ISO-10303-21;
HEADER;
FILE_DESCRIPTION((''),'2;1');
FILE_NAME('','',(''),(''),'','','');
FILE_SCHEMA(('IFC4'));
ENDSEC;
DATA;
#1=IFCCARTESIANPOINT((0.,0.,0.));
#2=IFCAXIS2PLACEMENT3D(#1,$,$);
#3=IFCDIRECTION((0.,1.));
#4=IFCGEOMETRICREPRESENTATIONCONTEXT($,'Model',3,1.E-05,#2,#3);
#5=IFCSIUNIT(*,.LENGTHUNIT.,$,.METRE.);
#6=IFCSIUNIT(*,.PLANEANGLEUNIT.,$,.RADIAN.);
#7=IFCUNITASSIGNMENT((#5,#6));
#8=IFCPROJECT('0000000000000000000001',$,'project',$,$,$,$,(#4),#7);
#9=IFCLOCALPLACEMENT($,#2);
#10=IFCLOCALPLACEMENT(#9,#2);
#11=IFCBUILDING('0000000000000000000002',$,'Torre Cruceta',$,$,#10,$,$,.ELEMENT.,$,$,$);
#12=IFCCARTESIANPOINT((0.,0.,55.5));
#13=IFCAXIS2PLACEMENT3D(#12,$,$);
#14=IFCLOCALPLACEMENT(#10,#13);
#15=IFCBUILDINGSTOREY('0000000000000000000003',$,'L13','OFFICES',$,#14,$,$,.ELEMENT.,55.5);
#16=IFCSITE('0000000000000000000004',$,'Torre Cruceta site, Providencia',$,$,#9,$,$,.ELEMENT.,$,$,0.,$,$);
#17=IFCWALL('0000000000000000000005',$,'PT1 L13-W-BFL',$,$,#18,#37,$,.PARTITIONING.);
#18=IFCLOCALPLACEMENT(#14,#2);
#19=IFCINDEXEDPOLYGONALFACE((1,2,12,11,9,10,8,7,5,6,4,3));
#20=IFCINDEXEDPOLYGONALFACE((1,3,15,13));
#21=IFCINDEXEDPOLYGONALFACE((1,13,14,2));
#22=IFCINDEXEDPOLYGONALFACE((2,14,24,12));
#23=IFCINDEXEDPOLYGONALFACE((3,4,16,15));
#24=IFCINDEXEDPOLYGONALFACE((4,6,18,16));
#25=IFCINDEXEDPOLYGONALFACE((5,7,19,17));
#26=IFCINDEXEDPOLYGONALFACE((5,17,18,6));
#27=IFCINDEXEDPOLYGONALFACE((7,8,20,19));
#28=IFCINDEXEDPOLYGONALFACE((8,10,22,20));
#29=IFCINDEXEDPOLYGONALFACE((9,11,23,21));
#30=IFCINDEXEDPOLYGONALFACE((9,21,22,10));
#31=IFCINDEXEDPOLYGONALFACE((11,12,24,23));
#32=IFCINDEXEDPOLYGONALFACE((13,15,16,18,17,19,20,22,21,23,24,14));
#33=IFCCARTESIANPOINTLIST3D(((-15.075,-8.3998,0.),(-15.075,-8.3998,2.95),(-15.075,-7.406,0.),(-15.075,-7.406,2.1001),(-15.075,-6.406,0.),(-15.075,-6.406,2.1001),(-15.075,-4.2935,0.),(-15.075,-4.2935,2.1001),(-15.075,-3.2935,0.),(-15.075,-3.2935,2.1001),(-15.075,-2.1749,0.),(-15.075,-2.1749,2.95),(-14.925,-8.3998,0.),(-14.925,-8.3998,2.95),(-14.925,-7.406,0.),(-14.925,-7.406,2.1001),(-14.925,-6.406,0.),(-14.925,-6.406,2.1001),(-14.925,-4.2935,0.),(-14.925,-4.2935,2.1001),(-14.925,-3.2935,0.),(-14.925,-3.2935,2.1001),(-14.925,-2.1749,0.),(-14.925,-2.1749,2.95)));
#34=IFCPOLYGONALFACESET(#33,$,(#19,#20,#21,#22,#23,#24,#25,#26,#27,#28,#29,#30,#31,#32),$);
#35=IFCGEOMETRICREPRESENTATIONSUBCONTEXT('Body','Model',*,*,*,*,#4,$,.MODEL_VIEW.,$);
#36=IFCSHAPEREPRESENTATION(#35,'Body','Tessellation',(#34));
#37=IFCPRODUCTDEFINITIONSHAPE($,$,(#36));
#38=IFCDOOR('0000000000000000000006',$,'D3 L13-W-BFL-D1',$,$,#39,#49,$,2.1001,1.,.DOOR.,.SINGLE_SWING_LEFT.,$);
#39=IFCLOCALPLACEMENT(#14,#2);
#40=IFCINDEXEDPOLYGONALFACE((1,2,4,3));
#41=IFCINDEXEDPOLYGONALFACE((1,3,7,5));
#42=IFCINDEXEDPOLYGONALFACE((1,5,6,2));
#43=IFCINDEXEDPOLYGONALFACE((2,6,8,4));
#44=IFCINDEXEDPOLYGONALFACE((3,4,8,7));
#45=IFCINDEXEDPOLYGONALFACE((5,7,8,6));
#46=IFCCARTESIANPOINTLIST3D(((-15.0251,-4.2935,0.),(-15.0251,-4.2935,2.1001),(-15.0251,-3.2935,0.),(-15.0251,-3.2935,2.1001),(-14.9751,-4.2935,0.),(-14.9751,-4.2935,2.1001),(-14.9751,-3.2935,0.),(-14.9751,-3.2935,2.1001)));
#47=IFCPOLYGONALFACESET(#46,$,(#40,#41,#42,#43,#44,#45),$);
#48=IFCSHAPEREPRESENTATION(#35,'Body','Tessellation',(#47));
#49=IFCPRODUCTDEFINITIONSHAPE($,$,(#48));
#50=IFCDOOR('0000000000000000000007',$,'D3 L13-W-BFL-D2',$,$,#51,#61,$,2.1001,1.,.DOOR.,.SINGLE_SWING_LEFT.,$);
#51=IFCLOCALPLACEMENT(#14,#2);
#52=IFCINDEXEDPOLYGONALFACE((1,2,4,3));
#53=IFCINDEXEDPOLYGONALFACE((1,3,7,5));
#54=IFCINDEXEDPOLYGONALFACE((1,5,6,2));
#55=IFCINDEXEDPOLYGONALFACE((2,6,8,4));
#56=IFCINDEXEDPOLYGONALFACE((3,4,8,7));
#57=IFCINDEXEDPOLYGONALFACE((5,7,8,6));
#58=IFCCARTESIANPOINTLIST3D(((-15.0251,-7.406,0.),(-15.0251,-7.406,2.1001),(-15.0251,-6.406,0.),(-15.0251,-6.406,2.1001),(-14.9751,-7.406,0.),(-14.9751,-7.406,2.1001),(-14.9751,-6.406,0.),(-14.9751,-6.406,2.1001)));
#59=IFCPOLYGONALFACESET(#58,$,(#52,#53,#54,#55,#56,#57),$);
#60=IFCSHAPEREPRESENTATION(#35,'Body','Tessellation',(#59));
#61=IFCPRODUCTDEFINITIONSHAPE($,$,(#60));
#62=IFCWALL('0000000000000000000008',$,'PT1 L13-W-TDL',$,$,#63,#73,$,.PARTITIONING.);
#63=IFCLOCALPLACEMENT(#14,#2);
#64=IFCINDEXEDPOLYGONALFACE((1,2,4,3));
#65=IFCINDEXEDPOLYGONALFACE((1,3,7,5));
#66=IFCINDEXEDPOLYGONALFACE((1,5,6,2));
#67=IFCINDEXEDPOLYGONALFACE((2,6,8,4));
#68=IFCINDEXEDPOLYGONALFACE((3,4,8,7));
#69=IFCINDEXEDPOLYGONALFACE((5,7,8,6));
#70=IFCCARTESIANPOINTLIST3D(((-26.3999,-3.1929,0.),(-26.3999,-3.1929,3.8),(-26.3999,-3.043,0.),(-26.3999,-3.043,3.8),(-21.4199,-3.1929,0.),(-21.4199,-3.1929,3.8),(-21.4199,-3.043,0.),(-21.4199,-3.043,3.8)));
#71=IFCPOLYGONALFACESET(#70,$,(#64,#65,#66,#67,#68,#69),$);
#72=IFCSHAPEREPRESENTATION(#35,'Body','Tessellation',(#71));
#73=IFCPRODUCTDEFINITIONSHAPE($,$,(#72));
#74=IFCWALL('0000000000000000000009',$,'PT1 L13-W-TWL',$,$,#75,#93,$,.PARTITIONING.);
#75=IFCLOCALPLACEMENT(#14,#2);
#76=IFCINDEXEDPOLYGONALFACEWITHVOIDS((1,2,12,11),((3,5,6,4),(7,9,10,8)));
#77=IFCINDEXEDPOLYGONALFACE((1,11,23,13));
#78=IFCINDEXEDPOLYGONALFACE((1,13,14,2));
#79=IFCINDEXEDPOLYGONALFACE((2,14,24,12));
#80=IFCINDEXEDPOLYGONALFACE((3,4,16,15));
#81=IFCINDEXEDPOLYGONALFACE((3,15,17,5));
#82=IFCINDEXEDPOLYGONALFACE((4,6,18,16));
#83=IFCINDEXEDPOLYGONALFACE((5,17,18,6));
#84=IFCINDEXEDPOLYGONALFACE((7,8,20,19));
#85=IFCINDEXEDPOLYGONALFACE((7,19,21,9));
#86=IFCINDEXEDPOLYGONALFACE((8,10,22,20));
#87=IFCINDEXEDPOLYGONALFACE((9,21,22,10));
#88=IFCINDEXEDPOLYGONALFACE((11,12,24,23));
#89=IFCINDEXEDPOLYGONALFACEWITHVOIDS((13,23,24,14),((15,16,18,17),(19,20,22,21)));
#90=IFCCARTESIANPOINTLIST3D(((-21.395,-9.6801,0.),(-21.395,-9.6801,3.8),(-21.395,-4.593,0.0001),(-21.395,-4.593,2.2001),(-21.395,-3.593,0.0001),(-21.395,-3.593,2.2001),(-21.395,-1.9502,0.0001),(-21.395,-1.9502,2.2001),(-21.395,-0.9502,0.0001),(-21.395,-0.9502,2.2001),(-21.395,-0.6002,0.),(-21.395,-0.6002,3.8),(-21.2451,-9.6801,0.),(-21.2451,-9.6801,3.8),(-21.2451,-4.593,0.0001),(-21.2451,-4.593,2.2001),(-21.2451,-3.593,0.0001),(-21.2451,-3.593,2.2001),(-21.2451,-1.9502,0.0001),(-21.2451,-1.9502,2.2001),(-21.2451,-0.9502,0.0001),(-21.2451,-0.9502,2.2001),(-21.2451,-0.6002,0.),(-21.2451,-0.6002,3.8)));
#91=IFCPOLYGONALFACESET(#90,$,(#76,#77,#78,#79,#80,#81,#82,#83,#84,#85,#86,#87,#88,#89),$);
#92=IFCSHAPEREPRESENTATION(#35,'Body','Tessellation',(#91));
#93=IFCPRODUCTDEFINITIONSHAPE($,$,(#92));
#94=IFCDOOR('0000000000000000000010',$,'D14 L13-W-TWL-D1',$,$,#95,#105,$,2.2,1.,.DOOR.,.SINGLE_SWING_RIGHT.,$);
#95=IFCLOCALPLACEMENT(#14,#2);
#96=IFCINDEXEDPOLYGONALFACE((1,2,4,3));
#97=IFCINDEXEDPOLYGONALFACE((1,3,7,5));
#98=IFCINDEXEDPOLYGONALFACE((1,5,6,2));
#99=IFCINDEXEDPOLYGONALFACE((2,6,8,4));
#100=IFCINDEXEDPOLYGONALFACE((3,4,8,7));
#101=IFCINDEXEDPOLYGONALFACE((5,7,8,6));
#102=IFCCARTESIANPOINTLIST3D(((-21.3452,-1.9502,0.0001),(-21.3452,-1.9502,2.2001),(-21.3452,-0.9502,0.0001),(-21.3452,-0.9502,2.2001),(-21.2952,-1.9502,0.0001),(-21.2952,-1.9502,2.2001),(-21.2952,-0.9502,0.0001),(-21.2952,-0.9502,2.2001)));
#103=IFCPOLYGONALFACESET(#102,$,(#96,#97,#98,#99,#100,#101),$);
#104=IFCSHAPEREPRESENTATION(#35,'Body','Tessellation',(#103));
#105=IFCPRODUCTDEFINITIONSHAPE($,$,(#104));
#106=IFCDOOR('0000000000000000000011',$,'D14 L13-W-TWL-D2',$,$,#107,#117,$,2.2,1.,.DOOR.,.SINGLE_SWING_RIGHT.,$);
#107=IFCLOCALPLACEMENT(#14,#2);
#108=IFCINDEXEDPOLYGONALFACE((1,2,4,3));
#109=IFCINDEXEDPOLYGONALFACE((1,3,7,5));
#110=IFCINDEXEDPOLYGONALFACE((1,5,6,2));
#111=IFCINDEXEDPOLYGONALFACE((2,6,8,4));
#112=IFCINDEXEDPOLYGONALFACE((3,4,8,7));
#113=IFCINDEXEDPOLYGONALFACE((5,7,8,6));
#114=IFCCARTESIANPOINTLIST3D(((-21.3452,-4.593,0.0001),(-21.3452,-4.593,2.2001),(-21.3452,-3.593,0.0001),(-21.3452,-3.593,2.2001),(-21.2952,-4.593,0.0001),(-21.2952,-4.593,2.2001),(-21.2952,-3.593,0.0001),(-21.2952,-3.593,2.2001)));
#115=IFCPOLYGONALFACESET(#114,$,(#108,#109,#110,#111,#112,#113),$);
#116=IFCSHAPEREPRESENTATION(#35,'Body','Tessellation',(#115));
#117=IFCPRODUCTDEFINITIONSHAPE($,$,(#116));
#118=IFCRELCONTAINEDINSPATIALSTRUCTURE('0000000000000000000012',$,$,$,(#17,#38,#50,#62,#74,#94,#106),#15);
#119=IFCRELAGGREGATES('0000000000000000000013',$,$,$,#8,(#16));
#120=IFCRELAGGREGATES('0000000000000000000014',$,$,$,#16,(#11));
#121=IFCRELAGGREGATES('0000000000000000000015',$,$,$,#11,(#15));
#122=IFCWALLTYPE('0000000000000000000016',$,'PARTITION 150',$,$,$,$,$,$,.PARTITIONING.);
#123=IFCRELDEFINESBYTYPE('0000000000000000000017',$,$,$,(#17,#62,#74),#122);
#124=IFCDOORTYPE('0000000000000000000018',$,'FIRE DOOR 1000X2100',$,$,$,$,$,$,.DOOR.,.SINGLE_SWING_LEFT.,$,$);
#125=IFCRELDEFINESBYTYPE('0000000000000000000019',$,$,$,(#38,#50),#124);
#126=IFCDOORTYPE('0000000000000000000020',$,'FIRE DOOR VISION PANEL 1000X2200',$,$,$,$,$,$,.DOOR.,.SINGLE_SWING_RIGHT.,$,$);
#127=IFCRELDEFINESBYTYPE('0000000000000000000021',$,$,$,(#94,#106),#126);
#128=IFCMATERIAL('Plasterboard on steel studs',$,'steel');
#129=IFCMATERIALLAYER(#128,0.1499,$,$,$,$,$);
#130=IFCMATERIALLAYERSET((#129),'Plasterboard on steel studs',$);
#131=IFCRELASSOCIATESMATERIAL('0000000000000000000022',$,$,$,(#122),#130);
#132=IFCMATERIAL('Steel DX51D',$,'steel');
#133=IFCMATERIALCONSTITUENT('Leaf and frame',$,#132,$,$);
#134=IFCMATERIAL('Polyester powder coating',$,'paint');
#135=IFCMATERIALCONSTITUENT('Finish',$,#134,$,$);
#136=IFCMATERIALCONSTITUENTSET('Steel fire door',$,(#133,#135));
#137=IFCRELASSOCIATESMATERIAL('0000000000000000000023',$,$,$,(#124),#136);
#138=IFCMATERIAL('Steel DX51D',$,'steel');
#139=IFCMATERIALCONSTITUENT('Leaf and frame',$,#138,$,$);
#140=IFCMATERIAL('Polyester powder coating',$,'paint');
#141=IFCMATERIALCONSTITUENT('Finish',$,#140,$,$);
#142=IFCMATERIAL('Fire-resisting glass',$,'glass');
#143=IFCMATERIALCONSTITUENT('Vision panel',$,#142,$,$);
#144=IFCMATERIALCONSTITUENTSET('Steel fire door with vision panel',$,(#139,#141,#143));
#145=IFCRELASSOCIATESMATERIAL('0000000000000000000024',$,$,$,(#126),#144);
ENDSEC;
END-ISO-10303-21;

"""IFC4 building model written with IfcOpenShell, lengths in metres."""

from ifc_helpers import new_model, si_unit, direction, frame, frame_2d, origin, place, context, subcontext, project, spatial, rectangle, extrude, material, layer, layer_set, constituent, constituent_set, type_object, element, fill, save


model = new_model("IFC4")

# Units and contexts
model_context = context("Model", 3, precision=1e-05, world=origin(), true_north=direction((0.0, 1.0)))
body_context = subcontext(model_context, "Body", "Model", "MODEL_VIEW")
ifc_project = project(units=[si_unit("LENGTHUNIT", "METRE"), si_unit("PLANEANGLEUNIT", "RADIAN")], contexts=[model_context])

# Site, building, storey
site_placement = place(None, origin())
site = spatial("IfcSite", under=ifc_project, at=site_placement, Name="Torre Cruceta site, Providencia", CompositionType="ELEMENT", RefElevation=0.0)
building_placement = place(site_placement, origin())
building = spatial("IfcBuilding", under=site, at=building_placement, Name="Torre Cruceta", CompositionType="ELEMENT")
storey_placement = place(building_placement, frame((0.0, 0.0, 55.5)))
storey = spatial("IfcBuildingStorey", under=building, at=storey_placement, Name="L13", Description="OFFICES", CompositionType="ELEMENT", Elevation=55.5)

# Wall, openings, doors
ifc_material_1 = material(Name="Plasterboard on steel studs", Category="steel")
ifc_layer_1 = layer(ifc_material_1, 0.1499)
ifc_layer_set_1 = layer_set([ifc_layer_1], Name="Plasterboard on steel studs")
wall_type_1 = type_object("IfcWallType", Name="PARTITION 150", PredefinedType="PARTITIONING", material=ifc_layer_set_1)
wall_1_placement = place(storey_placement, frame((-15.0, -2.175, 0.0), z_axis=(0.0, 0.0, 1.0), x_axis=(0.0, -1.0, 0.0)))
wall_1 = element("IfcWall", 1, at=wall_1_placement, inside=storey, type_object=wall_type_1, Name="PT1 L13-W-BFL", PredefinedType="PARTITIONING", context=body_context, shape_type="SweptSolid", body=[
    extrude(rectangle(XDim=6.2249, YDim=0.1499, at=frame_2d((3.1123, 0.0))), origin(), (0.0, 0.0, 1.0), 2.95),
])
opening_1_placement = place(wall_1_placement, frame((1.1184, 0.0, 0.0)))
opening_1 = element("IfcOpeningElement", 2, at=opening_1_placement, cuts=wall_1, PredefinedType="OPENING", context=body_context, shape_type="SweptSolid", body=[
    extrude(rectangle(XDim=1.0, YDim=2.1001, at=frame_2d((0.5, 1.05))), frame((0.0, 0.085, 0.0), z_axis=(0.0, -1.0, 0.0), x_axis=(1.0, 0.0, 0.0)), (0.0, 0.0, 1.0), 0.1699),
])
opening_2_placement = place(wall_1_placement, frame((4.231, 0.0, 0.0)))
opening_2 = element("IfcOpeningElement", 3, at=opening_2_placement, cuts=wall_1, PredefinedType="OPENING", context=body_context, shape_type="SweptSolid", body=[
    extrude(rectangle(XDim=1.0, YDim=2.1001, at=frame_2d((0.5, 1.05))), frame((0.0, 0.085, 0.0), z_axis=(0.0, -1.0, 0.0), x_axis=(1.0, 0.0, 0.0)), (0.0, 0.0, 1.0), 0.1699),
])
ifc_material_2 = material(Name="Steel DX51D", Category="steel")
ifc_constituent_1 = constituent(ifc_material_2, Name="Leaf and frame")
ifc_material_3 = material(Name="Polyester powder coating", Category="paint")
ifc_constituent_2 = constituent(ifc_material_3, Name="Finish")
ifc_constituent_set_1 = constituent_set(constituents=[ifc_constituent_1, ifc_constituent_2], Name="Steel fire door")
door_type_1 = type_object("IfcDoorType", Name="FIRE DOOR 1000X2100", OperationType="SINGLE_SWING_LEFT", PredefinedType="DOOR", material=ifc_constituent_set_1)
door_1_placement = place(opening_1_placement, origin())
door_1 = element("IfcDoor", 4, at=door_1_placement, inside=storey, type_object=door_type_1, Name="D3 L13-W-BFL-D1", OperationType="SINGLE_SWING_LEFT", OverallHeight=2.1001, OverallWidth=1.0, PredefinedType="DOOR", context=body_context, shape_type="SweptSolid", body=[
    extrude(rectangle(XDim=1.0, YDim=2.1001, at=frame_2d((0.5, 1.05))), frame((0.0, 0.0249, 0.0), z_axis=(0.0, -1.0, 0.0), x_axis=(1.0, 0.0, 0.0)), (0.0, 0.0, 1.0), 0.05),
])
fill(opening_1, door_1)
door_2_placement = place(opening_2_placement, origin())
door_2 = element("IfcDoor", 5, at=door_2_placement, inside=storey, type_object=door_type_1, Name="D3 L13-W-BFL-D2", OperationType="SINGLE_SWING_LEFT", OverallHeight=2.1001, OverallWidth=1.0, PredefinedType="DOOR", context=body_context, shape_type="SweptSolid", body=[
    extrude(rectangle(XDim=1.0, YDim=2.1001, at=frame_2d((0.5, 1.05))), frame((0.0, 0.0249, 0.0), z_axis=(0.0, -1.0, 0.0), x_axis=(1.0, 0.0, 0.0)), (0.0, 0.0, 1.0), 0.05),
])
fill(opening_2, door_2)

# Wall
wall_2_placement = place(storey_placement, frame((-21.4199, -3.1179, 0.0), z_axis=(0.0, 0.0, 1.0), x_axis=(-1.0, 0.0, 0.0)))
element("IfcWall", 6, at=wall_2_placement, inside=storey, type_object=wall_type_1, Name="PT1 L13-W-TDL", PredefinedType="PARTITIONING", context=body_context, shape_type="SweptSolid", body=[
    extrude(rectangle(XDim=4.98, YDim=0.1499, at=frame_2d((2.49, 0.0))), origin(), (0.0, 0.0, 1.0), 3.8),
])

# Wall, openings, doors
wall_3_placement = place(storey_placement, frame((-21.3201, -0.6001, 0.0), z_axis=(0.0, 0.0, 1.0), x_axis=(0.0, -1.0, 0.0)))
wall_3 = element("IfcWall", 7, at=wall_3_placement, inside=storey, type_object=wall_type_1, Name="PT1 L13-W-TWL", PredefinedType="PARTITIONING", context=body_context, shape_type="SweptSolid", body=[
    extrude(rectangle(XDim=9.0798, YDim=0.1499, at=frame_2d((4.54, 0.0))), origin(), (0.0, 0.0, 1.0), 3.8),
])
opening_3_placement = place(wall_3_placement, frame((0.3501, 0.0, 0.0)))
opening_3 = element("IfcOpeningElement", 8, at=opening_3_placement, cuts=wall_3, PredefinedType="OPENING", context=body_context, shape_type="SweptSolid", body=[
    extrude(rectangle(XDim=1.0, YDim=2.2, at=frame_2d((0.5, 1.1001))), frame((0.0, 0.085, 0.0), z_axis=(0.0, -1.0, 0.0), x_axis=(1.0, 0.0, 0.0)), (0.0, 0.0, 1.0), 0.1699),
])
opening_4_placement = place(wall_3_placement, frame((2.9929, 0.0, 0.0)))
opening_4 = element("IfcOpeningElement", 9, at=opening_4_placement, cuts=wall_3, PredefinedType="OPENING", context=body_context, shape_type="SweptSolid", body=[
    extrude(rectangle(XDim=1.0, YDim=2.2, at=frame_2d((0.5, 1.1001))), frame((0.0, 0.085, 0.0), z_axis=(0.0, -1.0, 0.0), x_axis=(1.0, 0.0, 0.0)), (0.0, 0.0, 1.0), 0.1699),
])
ifc_material_4 = material(Name="Steel DX51D", Category="steel")
ifc_constituent_3 = constituent(ifc_material_4, Name="Leaf and frame")
ifc_material_5 = material(Name="Polyester powder coating", Category="paint")
ifc_constituent_4 = constituent(ifc_material_5, Name="Finish")
ifc_material_6 = material(Name="Fire-resisting glass", Category="glass")
ifc_constituent_5 = constituent(ifc_material_6, Name="Vision panel")
ifc_constituent_set_2 = constituent_set(constituents=[ifc_constituent_3, ifc_constituent_4, ifc_constituent_5], Name="Steel fire door with vision panel")
door_type_2 = type_object("IfcDoorType", Name="FIRE DOOR VISION PANEL 1000X2200", OperationType="SINGLE_SWING_RIGHT", PredefinedType="DOOR", material=ifc_constituent_set_2)
door_3_placement = place(opening_3_placement, frame((1.0, 0.0, 0.0), z_axis=(0.0, 0.0, 1.0), x_axis=(-1.0, 0.0, 0.0)))
door_3 = element("IfcDoor", 10, at=door_3_placement, inside=storey, type_object=door_type_2, Name="D14 L13-W-TWL-D1", OperationType="SINGLE_SWING_RIGHT", OverallHeight=2.2, OverallWidth=1.0, PredefinedType="DOOR", context=body_context, shape_type="SweptSolid", body=[
    extrude(rectangle(XDim=1.0, YDim=2.2, at=frame_2d((0.5, 1.1001))), frame((0.0, 0.0251, 0.0), z_axis=(0.0, -1.0, 0.0), x_axis=(1.0, 0.0, 0.0)), (0.0, 0.0, 1.0), 0.05),
])
fill(opening_3, door_3)
door_4_placement = place(opening_4_placement, frame((1.0, 0.0, 0.0), z_axis=(0.0, 0.0, 1.0), x_axis=(-1.0, 0.0, 0.0)))
door_4 = element("IfcDoor", 11, at=door_4_placement, inside=storey, type_object=door_type_2, Name="D14 L13-W-TWL-D2", OperationType="SINGLE_SWING_RIGHT", OverallHeight=2.2, OverallWidth=1.0, PredefinedType="DOOR", context=body_context, shape_type="SweptSolid", body=[
    extrude(rectangle(XDim=1.0, YDim=2.2, at=frame_2d((0.5, 1.1001))), frame((0.0, 0.0251, 0.0), z_axis=(0.0, -1.0, 0.0), x_axis=(1.0, 0.0, 0.0)), (0.0, 0.0, 1.0), 0.05),
])
fill(opening_4, door_4)

save(model, "model.ifc")
